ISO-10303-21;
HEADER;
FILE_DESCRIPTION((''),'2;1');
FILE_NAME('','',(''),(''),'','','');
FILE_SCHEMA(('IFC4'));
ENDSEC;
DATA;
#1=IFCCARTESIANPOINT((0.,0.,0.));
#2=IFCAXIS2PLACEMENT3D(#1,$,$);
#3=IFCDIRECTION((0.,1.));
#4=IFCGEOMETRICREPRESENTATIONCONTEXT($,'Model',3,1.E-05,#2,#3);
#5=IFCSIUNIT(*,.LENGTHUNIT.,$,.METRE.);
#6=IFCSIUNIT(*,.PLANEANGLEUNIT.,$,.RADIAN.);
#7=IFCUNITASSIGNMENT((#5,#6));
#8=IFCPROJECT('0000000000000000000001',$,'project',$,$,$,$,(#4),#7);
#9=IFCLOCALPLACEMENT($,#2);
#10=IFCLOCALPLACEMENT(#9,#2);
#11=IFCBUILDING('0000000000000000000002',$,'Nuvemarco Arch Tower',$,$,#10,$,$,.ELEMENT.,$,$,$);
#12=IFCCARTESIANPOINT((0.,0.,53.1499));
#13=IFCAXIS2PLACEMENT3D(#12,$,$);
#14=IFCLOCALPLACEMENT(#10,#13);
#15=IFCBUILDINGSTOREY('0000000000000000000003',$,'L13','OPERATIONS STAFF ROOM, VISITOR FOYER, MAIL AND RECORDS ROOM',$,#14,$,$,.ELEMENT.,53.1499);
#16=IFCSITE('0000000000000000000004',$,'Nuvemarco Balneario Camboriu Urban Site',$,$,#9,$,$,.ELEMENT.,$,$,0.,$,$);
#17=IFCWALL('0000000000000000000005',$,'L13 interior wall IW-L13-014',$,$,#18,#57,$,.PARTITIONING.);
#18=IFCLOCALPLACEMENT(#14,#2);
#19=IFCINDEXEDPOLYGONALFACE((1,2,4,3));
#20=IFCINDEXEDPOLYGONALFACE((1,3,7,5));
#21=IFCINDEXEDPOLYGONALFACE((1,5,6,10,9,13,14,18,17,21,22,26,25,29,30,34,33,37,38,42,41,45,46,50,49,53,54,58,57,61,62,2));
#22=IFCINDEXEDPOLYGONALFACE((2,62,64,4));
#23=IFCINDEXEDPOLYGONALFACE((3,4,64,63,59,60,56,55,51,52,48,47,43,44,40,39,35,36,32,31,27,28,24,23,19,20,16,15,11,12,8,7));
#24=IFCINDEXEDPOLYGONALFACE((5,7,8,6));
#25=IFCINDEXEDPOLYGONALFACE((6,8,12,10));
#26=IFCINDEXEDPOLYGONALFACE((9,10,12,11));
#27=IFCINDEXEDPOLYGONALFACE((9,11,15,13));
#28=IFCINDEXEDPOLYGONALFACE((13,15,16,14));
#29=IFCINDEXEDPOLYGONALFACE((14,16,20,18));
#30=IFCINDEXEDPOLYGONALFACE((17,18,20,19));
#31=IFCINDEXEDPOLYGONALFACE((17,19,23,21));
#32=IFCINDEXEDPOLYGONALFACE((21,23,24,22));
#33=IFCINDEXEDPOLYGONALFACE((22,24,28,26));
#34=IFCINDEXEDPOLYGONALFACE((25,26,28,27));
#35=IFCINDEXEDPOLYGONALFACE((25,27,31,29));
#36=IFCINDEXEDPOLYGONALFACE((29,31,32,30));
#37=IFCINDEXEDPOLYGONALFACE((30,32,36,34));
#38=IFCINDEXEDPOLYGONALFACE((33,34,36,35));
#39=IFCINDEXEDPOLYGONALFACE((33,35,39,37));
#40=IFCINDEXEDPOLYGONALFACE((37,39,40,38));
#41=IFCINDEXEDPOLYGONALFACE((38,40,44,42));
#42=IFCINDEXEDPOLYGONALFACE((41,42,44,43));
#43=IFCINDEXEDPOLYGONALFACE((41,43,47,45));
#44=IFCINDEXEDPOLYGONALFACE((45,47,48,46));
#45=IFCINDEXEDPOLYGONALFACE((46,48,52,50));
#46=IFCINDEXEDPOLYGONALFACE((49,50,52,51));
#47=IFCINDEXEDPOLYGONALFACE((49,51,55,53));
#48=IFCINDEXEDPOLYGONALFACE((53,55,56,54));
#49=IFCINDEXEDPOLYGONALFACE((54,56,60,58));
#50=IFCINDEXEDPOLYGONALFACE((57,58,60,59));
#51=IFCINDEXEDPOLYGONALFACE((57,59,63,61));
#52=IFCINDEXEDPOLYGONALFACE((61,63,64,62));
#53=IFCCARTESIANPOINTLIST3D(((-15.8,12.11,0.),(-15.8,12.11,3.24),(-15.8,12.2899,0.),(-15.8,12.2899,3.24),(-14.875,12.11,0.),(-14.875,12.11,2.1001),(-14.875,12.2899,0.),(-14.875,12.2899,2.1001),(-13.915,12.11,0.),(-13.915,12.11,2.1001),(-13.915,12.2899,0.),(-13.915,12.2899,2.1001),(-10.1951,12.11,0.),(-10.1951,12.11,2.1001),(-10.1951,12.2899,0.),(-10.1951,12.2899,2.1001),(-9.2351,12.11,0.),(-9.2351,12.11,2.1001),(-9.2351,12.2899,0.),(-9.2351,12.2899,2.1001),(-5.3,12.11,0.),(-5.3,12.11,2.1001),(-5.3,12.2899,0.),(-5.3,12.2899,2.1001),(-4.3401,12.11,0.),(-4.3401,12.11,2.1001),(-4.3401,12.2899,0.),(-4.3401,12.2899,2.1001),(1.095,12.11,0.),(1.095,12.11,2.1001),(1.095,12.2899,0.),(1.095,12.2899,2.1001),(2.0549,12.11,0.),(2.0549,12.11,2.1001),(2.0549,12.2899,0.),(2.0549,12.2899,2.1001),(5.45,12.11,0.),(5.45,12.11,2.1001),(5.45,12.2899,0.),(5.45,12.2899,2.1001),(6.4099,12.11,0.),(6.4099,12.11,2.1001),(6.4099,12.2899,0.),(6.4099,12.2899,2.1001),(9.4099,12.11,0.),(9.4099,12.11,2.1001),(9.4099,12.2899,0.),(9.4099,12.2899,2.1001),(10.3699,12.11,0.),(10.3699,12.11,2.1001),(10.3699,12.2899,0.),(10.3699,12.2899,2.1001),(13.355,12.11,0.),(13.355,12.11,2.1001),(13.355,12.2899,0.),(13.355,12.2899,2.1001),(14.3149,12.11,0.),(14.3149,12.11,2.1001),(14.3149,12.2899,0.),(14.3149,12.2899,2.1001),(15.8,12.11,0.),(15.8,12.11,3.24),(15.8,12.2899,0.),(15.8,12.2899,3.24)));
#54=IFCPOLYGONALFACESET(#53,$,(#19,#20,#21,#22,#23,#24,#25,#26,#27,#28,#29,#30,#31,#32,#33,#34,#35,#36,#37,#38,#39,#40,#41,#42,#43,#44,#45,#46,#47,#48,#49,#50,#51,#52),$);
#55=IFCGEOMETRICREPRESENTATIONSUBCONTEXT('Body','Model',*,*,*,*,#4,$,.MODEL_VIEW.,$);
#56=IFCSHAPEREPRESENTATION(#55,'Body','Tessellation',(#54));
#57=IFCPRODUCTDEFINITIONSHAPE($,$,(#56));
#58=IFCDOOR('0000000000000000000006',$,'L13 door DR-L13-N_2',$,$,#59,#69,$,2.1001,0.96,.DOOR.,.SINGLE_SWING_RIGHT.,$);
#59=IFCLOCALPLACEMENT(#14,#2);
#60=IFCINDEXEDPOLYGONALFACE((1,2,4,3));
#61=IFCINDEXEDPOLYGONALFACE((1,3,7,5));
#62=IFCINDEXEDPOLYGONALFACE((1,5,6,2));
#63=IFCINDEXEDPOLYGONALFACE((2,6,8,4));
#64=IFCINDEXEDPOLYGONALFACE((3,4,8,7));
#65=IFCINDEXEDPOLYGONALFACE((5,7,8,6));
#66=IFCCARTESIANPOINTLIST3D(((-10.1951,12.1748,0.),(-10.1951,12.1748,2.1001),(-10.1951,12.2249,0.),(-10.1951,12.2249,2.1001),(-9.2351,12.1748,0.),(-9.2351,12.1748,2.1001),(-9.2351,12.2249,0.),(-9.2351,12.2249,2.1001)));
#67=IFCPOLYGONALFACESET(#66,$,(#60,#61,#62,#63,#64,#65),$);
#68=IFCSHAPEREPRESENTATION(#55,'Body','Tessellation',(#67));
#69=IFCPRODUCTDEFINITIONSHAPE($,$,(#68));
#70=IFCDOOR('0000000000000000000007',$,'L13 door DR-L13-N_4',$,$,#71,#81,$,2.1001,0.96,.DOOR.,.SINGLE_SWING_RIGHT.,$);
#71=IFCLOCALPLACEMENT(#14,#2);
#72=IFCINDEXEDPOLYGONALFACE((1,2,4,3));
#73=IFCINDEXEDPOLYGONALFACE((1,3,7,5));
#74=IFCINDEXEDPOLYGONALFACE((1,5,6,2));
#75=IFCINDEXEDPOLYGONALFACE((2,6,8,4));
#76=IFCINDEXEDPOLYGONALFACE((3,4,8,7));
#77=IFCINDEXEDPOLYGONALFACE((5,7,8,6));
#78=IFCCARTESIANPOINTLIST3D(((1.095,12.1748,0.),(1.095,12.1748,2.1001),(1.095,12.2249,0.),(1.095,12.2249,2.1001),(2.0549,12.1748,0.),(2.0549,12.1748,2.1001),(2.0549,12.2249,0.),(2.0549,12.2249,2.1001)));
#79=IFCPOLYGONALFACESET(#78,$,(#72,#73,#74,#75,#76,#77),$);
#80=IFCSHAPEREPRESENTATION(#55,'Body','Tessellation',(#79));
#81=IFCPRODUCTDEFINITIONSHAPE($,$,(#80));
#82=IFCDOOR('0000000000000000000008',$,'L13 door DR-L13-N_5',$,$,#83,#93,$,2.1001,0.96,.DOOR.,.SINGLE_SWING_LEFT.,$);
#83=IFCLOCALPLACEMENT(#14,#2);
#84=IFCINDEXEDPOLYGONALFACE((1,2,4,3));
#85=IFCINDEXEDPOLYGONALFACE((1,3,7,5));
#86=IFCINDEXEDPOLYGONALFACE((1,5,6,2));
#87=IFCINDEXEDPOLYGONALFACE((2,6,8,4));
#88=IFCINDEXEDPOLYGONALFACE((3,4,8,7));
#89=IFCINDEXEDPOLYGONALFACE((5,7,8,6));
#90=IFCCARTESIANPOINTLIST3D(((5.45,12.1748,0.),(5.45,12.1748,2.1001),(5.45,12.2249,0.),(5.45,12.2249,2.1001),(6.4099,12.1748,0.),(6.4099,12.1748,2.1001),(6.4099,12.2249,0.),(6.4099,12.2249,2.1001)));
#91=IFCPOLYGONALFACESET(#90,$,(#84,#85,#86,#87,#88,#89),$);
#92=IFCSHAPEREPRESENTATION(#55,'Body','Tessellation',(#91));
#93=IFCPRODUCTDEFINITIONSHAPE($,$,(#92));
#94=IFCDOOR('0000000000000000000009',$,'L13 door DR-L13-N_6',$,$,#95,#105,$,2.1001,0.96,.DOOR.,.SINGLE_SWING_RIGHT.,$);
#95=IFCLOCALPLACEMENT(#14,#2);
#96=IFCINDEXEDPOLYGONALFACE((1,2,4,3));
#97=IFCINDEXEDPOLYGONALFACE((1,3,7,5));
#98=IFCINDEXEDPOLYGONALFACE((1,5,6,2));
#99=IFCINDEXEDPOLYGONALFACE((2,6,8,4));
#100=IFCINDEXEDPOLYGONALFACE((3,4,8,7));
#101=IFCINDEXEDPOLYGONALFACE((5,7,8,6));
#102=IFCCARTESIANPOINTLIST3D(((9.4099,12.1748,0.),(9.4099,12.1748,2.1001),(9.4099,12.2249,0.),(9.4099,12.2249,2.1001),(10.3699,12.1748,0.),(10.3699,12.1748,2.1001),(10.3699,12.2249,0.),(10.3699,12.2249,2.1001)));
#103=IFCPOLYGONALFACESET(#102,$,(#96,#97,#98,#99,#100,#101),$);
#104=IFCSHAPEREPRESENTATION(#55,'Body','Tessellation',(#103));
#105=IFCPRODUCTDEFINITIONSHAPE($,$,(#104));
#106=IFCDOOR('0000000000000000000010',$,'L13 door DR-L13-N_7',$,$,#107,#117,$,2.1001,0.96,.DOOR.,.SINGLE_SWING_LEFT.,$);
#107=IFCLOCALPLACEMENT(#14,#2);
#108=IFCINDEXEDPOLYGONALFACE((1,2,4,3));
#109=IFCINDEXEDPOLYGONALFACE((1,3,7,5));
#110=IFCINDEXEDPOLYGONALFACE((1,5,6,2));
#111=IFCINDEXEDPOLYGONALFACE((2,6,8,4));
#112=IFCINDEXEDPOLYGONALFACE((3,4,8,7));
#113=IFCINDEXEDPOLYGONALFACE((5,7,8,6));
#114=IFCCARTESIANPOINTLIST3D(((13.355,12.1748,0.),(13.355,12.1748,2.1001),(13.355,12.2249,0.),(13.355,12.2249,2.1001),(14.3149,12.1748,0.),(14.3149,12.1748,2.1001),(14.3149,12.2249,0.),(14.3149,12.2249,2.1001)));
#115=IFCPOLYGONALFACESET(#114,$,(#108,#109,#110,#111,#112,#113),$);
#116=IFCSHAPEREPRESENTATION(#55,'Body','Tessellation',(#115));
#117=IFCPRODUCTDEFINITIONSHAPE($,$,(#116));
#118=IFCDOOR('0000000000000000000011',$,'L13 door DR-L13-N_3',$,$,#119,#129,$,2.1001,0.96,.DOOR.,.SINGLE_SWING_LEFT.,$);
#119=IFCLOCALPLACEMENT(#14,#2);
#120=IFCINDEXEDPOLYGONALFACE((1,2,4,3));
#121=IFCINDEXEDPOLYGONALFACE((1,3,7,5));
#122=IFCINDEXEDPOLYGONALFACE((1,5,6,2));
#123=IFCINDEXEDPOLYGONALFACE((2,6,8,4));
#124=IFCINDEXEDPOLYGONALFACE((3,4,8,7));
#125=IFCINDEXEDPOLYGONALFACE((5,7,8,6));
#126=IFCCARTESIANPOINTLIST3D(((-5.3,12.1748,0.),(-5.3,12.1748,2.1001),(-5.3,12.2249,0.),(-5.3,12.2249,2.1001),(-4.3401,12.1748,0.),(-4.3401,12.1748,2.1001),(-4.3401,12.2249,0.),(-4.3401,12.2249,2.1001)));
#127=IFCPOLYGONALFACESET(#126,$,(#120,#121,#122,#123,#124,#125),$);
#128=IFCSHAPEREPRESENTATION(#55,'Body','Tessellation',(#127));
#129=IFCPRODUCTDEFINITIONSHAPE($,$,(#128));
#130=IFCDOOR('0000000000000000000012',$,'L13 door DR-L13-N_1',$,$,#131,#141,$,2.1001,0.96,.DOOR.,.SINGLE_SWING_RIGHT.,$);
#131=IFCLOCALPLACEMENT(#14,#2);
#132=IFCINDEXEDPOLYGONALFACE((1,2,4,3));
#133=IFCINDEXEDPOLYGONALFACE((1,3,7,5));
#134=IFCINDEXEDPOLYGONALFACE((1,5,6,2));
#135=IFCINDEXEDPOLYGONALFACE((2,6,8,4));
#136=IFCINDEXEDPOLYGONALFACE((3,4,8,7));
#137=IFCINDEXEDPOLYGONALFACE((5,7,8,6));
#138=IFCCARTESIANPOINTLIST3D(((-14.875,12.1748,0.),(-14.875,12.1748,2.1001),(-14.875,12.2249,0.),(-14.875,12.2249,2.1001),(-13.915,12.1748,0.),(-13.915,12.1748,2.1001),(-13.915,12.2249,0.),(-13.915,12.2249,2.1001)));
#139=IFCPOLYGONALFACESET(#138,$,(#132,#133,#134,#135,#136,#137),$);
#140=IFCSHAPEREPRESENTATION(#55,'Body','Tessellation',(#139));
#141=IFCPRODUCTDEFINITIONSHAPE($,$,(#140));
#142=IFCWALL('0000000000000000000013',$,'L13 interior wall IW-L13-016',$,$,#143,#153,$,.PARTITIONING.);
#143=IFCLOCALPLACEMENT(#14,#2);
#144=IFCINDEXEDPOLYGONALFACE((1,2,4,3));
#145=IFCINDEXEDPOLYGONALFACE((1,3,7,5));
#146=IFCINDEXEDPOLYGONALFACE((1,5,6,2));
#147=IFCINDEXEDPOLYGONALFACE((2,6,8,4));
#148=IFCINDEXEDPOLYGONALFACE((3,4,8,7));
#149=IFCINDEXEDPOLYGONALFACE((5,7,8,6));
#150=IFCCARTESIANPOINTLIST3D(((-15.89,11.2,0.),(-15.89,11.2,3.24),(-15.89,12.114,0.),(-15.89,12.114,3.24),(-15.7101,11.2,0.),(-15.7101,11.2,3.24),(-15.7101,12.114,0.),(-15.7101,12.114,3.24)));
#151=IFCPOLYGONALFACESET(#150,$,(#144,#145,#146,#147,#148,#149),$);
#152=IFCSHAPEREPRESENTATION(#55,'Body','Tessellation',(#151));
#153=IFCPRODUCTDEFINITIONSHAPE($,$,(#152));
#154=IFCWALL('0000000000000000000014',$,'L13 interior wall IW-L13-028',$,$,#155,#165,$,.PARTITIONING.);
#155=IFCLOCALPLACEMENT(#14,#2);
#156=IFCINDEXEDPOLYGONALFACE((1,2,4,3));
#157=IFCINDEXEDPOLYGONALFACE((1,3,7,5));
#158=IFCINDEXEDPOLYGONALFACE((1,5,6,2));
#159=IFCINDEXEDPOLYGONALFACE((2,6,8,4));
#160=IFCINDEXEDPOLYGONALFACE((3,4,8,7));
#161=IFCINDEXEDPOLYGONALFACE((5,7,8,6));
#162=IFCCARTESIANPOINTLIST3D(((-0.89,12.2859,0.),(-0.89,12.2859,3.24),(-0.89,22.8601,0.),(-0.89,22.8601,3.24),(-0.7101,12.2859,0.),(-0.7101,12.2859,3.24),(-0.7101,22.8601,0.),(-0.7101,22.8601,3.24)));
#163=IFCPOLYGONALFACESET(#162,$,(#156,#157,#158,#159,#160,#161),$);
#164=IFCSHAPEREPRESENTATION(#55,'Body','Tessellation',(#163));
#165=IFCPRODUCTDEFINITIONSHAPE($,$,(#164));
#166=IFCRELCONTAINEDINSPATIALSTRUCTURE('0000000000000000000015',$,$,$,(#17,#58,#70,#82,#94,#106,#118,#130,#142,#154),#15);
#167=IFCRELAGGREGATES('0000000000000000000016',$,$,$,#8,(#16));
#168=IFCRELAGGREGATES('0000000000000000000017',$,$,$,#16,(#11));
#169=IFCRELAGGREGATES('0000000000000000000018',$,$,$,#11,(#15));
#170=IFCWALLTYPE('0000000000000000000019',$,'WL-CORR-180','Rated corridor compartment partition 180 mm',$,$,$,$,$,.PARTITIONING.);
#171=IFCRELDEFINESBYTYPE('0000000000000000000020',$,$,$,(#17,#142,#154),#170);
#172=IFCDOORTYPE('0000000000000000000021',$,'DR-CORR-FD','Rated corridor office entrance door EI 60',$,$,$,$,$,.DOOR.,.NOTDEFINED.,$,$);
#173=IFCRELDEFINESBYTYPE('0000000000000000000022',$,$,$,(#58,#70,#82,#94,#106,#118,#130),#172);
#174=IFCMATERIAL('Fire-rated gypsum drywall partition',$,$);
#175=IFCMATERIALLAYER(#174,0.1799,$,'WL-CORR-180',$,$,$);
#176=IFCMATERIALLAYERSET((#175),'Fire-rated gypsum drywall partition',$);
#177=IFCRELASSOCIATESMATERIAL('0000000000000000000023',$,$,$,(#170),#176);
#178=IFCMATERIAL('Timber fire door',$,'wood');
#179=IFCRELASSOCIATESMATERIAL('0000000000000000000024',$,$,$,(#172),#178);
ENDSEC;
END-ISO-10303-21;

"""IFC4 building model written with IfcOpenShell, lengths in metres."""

from ifc_helpers import new_model, si_unit, direction, frame, frame_2d, origin, place, context, subcontext, project, spatial, rectangle, extrude, source, transform, mapped, material, layer, layer_set, type_object, type_shapes, element, fill, save


model = new_model("IFC4")

# Units and contexts
model_context = context("Model", 3, precision=1e-05, world=origin(), true_north=direction((0.0, 1.0)))
body_context = subcontext(model_context, "Body", "Model", "MODEL_VIEW")
ifc_project = project(units=[si_unit("LENGTHUNIT", "METRE"), si_unit("PLANEANGLEUNIT", "RADIAN")], contexts=[model_context])

# Site, building, storey
site_placement = place(None, origin())
site = spatial("IfcSite", under=ifc_project, at=site_placement, Name="Nuvemarco Balneario Camboriu Urban Site", CompositionType="ELEMENT", RefElevation=0.0)
building_placement = place(site_placement, origin())
building = spatial("IfcBuilding", under=site, at=building_placement, Name="Nuvemarco Arch Tower", CompositionType="ELEMENT")
storey_placement = place(building_placement, frame((0.0, 0.0, 53.1499)))
storey = spatial("IfcBuildingStorey", under=building, at=storey_placement, Name="L13", Description="OPERATIONS STAFF ROOM, VISITOR FOYER, MAIL AND RECORDS ROOM", CompositionType="ELEMENT", Elevation=53.1499)

# Shared definitions
ifc_material_1 = material(Name="Fire-rated gypsum drywall partition")
ifc_layer_1 = layer(ifc_material_1, 0.1799, Name="WL-CORR-180")
ifc_layer_set_1 = layer_set([ifc_layer_1], Name="Fire-rated gypsum drywall partition")
wall_type_1 = type_object("IfcWallType", Name="WL-CORR-180", Description="Rated corridor compartment partition 180 mm", PredefinedType="PARTITIONING", material=ifc_layer_set_1)

# Wall, openings, doors
wall_1_placement = place(storey_placement, frame((-15.8, 12.2, 0.0), z_axis=(0.0, 0.0, 1.0), x_axis=(1.0, 0.0, 0.0)))
wall_1 = element("IfcWall", 1, at=wall_1_placement, inside=storey, type_object=wall_type_1, Name="L13 interior wall IW-L13-014", PredefinedType="PARTITIONING", context=body_context, shape_type="SweptSolid", body=[
    extrude(rectangle(XDim=31.6001, YDim=0.1799, at=frame_2d((15.8, 0.0))), origin(), (0.0, 0.0, 1.0), 3.24),
])
opening_1_placement = place(wall_1_placement, frame((5.605, 0.0, 0.0)))
opening_1 = element("IfcOpeningElement", 2, at=opening_1_placement, cuts=wall_1, PredefinedType="OPENING", context=body_context, shape_type="SweptSolid", body=[
    extrude(rectangle(XDim=0.96, YDim=2.1001, at=frame_2d((0.48, 1.05))), frame((0.0, 0.0999, 0.0), z_axis=(0.0, -1.0, 0.0), x_axis=(1.0, 0.0, 0.0)), (0.0, 0.0, 1.0), 0.2),
])
opening_2_placement = place(wall_1_placement, frame((16.895, 0.0, 0.0)))
opening_2 = element("IfcOpeningElement", 3, at=opening_2_placement, cuts=wall_1, PredefinedType="OPENING", context=body_context, shape_type="SweptSolid", body=[
    extrude(rectangle(XDim=0.96, YDim=2.1001, at=frame_2d((0.48, 1.05))), frame((0.0, 0.0999, 0.0), z_axis=(0.0, -1.0, 0.0), x_axis=(1.0, 0.0, 0.0)), (0.0, 0.0, 1.0), 0.2),
])
opening_3_placement = place(wall_1_placement, frame((21.25, 0.0, 0.0)))
opening_3 = element("IfcOpeningElement", 4, at=opening_3_placement, cuts=wall_1, PredefinedType="OPENING", context=body_context, shape_type="SweptSolid", body=[
    extrude(rectangle(XDim=0.96, YDim=2.1001, at=frame_2d((0.48, 1.05))), frame((0.0, 0.0999, 0.0), z_axis=(0.0, -1.0, 0.0), x_axis=(1.0, 0.0, 0.0)), (0.0, 0.0, 1.0), 0.2),
])
opening_4_placement = place(wall_1_placement, frame((25.21, 0.0, 0.0)))
opening_4 = element("IfcOpeningElement", 5, at=opening_4_placement, cuts=wall_1, PredefinedType="OPENING", context=body_context, shape_type="SweptSolid", body=[
    extrude(rectangle(XDim=0.96, YDim=2.1001, at=frame_2d((0.48, 1.05))), frame((0.0, 0.0999, 0.0), z_axis=(0.0, -1.0, 0.0), x_axis=(1.0, 0.0, 0.0)), (0.0, 0.0, 1.0), 0.2),
])
opening_5_placement = place(wall_1_placement, frame((29.155, 0.0, 0.0)))
opening_5 = element("IfcOpeningElement", 6, at=opening_5_placement, cuts=wall_1, PredefinedType="OPENING", context=body_context, shape_type="SweptSolid", body=[
    extrude(rectangle(XDim=0.96, YDim=2.1001, at=frame_2d((0.48, 1.05))), frame((0.0, 0.0999, 0.0), z_axis=(0.0, -1.0, 0.0), x_axis=(1.0, 0.0, 0.0)), (0.0, 0.0, 1.0), 0.2),
])
opening_6_placement = place(wall_1_placement, frame((10.5, 0.0, 0.0)))
opening_6 = element("IfcOpeningElement", 7, at=opening_6_placement, cuts=wall_1, PredefinedType="OPENING", context=body_context, shape_type="SweptSolid", body=[
    extrude(rectangle(XDim=0.96, YDim=2.1001, at=frame_2d((0.48, 1.05))), frame((0.0, 0.0999, 0.0), z_axis=(0.0, -1.0, 0.0), x_axis=(1.0, 0.0, 0.0)), (0.0, 0.0, 1.0), 0.2),
])
opening_7_placement = place(wall_1_placement, frame((0.925, 0.0, 0.0)))
opening_7 = element("IfcOpeningElement", 8, at=opening_7_placement, cuts=wall_1, PredefinedType="OPENING", context=body_context, shape_type="SweptSolid", body=[
    extrude(rectangle(XDim=0.96, YDim=2.1001, at=frame_2d((0.48, 1.05))), frame((0.0, 0.0999, 0.0), z_axis=(0.0, -1.0, 0.0), x_axis=(1.0, 0.0, 0.0)), (0.0, 0.0, 1.0), 0.2),
])
ifc_material_2 = material(Name="Timber fire door", Category="wood")
door_type = type_object("IfcDoorType", Name="DR-CORR-FD", Description="Rated corridor office entrance door EI 60", OperationType="NOTDEFINED", PredefinedType="DOOR", material=ifc_material_2)
shared_shape_1 = source(origin(), body_context, "Body", "SweptSolid", [
    extrude(rectangle(XDim=0.96, YDim=2.1001, at=frame_2d((0.48, 1.05))), frame((0.0, 0.0249, 0.0), z_axis=(0.0, -1.0, 0.0), x_axis=(1.0, 0.0, 0.0)), (0.0, 0.0, 1.0), 0.05),
])
type_shapes(door_type, [shared_shape_1])
door_1_placement = place(opening_1_placement, origin())
door_1 = element("IfcDoor", 9, at=door_1_placement, inside=storey, type_object=door_type, Name="L13 door DR-L13-N_2", OperationType="SINGLE_SWING_RIGHT", OverallHeight=2.1001, OverallWidth=0.96, PredefinedType="DOOR", context=body_context, shape_type="MappedRepresentation", body=[
    mapped(shared_shape_1, transform((0.0, 0.0, 0.0), scale=1.0)),
])
fill(opening_1, door_1)
door_2_placement = place(opening_2_placement, origin())
door_2 = element("IfcDoor", 10, at=door_2_placement, inside=storey, type_object=door_type, Name="L13 door DR-L13-N_4", OperationType="SINGLE_SWING_RIGHT", OverallHeight=2.1001, OverallWidth=0.96, PredefinedType="DOOR", context=body_context, shape_type="MappedRepresentation", body=[
    mapped(shared_shape_1, transform((0.0, 0.0, 0.0), scale=1.0)),
])
fill(opening_2, door_2)
door_3_placement = place(opening_3_placement, origin())
door_3 = element("IfcDoor", 11, at=door_3_placement, inside=storey, type_object=door_type, Name="L13 door DR-L13-N_5", OperationType="SINGLE_SWING_LEFT", OverallHeight=2.1001, OverallWidth=0.96, PredefinedType="DOOR", context=body_context, shape_type="MappedRepresentation", body=[
    mapped(shared_shape_1, transform((0.0, 0.0, 0.0), scale=1.0)),
])
fill(opening_3, door_3)
door_4_placement = place(opening_4_placement, origin())
door_4 = element("IfcDoor", 12, at=door_4_placement, inside=storey, type_object=door_type, Name="L13 door DR-L13-N_6", OperationType="SINGLE_SWING_RIGHT", OverallHeight=2.1001, OverallWidth=0.96, PredefinedType="DOOR", context=body_context, shape_type="MappedRepresentation", body=[
    mapped(shared_shape_1, transform((0.0, 0.0, 0.0), scale=1.0)),
])
fill(opening_4, door_4)
door_5_placement = place(opening_5_placement, origin())
door_5 = element("IfcDoor", 13, at=door_5_placement, inside=storey, type_object=door_type, Name="L13 door DR-L13-N_7", OperationType="SINGLE_SWING_LEFT", OverallHeight=2.1001, OverallWidth=0.96, PredefinedType="DOOR", context=body_context, shape_type="MappedRepresentation", body=[
    mapped(shared_shape_1, transform((0.0, 0.0, 0.0), scale=1.0)),
])
fill(opening_5, door_5)
door_6_placement = place(opening_6_placement, origin())
door_6 = element("IfcDoor", 14, at=door_6_placement, inside=storey, type_object=door_type, Name="L13 door DR-L13-N_3", OperationType="SINGLE_SWING_LEFT", OverallHeight=2.1001, OverallWidth=0.96, PredefinedType="DOOR", context=body_context, shape_type="MappedRepresentation", body=[
    mapped(shared_shape_1, transform((0.0, 0.0, 0.0), scale=1.0)),
])
fill(opening_6, door_6)
door_7_placement = place(opening_7_placement, origin())
door_7 = element("IfcDoor", 15, at=door_7_placement, inside=storey, type_object=door_type, Name="L13 door DR-L13-N_1", OperationType="SINGLE_SWING_RIGHT", OverallHeight=2.1001, OverallWidth=0.96, PredefinedType="DOOR", context=body_context, shape_type="MappedRepresentation", body=[
    mapped(shared_shape_1, transform((0.0, 0.0, 0.0), scale=1.0)),
])
fill(opening_7, door_7)

# Walls
wall_2_placement = place(storey_placement, frame((-15.8, 11.2, 0.0), z_axis=(0.0, 0.0, 1.0), x_axis=(0.0, 1.0, 0.0)))
element("IfcWall", 16, at=wall_2_placement, inside=storey, type_object=wall_type_1, Name="L13 interior wall IW-L13-016", PredefinedType="PARTITIONING", context=body_context, shape_type="SweptSolid", body=[
    extrude(rectangle(XDim=0.9141, YDim=0.1799, at=frame_2d((0.457, 0.0))), origin(), (0.0, 0.0, 1.0), 3.24),
])
wall_3_placement = place(storey_placement, frame((-0.8, 12.2859, 0.0), z_axis=(0.0, 0.0, 1.0), x_axis=(0.0, 1.0, 0.0)))
element("IfcWall", 17, at=wall_3_placement, inside=storey, type_object=wall_type_1, Name="L13 interior wall IW-L13-028", PredefinedType="PARTITIONING", context=body_context, shape_type="SweptSolid", body=[
    extrude(rectangle(XDim=10.5742, YDim=0.1799, at=frame_2d((5.2871, 0.0))), origin(), (0.0, 0.0, 1.0), 3.24),
])

save(model, "model.ifc")
